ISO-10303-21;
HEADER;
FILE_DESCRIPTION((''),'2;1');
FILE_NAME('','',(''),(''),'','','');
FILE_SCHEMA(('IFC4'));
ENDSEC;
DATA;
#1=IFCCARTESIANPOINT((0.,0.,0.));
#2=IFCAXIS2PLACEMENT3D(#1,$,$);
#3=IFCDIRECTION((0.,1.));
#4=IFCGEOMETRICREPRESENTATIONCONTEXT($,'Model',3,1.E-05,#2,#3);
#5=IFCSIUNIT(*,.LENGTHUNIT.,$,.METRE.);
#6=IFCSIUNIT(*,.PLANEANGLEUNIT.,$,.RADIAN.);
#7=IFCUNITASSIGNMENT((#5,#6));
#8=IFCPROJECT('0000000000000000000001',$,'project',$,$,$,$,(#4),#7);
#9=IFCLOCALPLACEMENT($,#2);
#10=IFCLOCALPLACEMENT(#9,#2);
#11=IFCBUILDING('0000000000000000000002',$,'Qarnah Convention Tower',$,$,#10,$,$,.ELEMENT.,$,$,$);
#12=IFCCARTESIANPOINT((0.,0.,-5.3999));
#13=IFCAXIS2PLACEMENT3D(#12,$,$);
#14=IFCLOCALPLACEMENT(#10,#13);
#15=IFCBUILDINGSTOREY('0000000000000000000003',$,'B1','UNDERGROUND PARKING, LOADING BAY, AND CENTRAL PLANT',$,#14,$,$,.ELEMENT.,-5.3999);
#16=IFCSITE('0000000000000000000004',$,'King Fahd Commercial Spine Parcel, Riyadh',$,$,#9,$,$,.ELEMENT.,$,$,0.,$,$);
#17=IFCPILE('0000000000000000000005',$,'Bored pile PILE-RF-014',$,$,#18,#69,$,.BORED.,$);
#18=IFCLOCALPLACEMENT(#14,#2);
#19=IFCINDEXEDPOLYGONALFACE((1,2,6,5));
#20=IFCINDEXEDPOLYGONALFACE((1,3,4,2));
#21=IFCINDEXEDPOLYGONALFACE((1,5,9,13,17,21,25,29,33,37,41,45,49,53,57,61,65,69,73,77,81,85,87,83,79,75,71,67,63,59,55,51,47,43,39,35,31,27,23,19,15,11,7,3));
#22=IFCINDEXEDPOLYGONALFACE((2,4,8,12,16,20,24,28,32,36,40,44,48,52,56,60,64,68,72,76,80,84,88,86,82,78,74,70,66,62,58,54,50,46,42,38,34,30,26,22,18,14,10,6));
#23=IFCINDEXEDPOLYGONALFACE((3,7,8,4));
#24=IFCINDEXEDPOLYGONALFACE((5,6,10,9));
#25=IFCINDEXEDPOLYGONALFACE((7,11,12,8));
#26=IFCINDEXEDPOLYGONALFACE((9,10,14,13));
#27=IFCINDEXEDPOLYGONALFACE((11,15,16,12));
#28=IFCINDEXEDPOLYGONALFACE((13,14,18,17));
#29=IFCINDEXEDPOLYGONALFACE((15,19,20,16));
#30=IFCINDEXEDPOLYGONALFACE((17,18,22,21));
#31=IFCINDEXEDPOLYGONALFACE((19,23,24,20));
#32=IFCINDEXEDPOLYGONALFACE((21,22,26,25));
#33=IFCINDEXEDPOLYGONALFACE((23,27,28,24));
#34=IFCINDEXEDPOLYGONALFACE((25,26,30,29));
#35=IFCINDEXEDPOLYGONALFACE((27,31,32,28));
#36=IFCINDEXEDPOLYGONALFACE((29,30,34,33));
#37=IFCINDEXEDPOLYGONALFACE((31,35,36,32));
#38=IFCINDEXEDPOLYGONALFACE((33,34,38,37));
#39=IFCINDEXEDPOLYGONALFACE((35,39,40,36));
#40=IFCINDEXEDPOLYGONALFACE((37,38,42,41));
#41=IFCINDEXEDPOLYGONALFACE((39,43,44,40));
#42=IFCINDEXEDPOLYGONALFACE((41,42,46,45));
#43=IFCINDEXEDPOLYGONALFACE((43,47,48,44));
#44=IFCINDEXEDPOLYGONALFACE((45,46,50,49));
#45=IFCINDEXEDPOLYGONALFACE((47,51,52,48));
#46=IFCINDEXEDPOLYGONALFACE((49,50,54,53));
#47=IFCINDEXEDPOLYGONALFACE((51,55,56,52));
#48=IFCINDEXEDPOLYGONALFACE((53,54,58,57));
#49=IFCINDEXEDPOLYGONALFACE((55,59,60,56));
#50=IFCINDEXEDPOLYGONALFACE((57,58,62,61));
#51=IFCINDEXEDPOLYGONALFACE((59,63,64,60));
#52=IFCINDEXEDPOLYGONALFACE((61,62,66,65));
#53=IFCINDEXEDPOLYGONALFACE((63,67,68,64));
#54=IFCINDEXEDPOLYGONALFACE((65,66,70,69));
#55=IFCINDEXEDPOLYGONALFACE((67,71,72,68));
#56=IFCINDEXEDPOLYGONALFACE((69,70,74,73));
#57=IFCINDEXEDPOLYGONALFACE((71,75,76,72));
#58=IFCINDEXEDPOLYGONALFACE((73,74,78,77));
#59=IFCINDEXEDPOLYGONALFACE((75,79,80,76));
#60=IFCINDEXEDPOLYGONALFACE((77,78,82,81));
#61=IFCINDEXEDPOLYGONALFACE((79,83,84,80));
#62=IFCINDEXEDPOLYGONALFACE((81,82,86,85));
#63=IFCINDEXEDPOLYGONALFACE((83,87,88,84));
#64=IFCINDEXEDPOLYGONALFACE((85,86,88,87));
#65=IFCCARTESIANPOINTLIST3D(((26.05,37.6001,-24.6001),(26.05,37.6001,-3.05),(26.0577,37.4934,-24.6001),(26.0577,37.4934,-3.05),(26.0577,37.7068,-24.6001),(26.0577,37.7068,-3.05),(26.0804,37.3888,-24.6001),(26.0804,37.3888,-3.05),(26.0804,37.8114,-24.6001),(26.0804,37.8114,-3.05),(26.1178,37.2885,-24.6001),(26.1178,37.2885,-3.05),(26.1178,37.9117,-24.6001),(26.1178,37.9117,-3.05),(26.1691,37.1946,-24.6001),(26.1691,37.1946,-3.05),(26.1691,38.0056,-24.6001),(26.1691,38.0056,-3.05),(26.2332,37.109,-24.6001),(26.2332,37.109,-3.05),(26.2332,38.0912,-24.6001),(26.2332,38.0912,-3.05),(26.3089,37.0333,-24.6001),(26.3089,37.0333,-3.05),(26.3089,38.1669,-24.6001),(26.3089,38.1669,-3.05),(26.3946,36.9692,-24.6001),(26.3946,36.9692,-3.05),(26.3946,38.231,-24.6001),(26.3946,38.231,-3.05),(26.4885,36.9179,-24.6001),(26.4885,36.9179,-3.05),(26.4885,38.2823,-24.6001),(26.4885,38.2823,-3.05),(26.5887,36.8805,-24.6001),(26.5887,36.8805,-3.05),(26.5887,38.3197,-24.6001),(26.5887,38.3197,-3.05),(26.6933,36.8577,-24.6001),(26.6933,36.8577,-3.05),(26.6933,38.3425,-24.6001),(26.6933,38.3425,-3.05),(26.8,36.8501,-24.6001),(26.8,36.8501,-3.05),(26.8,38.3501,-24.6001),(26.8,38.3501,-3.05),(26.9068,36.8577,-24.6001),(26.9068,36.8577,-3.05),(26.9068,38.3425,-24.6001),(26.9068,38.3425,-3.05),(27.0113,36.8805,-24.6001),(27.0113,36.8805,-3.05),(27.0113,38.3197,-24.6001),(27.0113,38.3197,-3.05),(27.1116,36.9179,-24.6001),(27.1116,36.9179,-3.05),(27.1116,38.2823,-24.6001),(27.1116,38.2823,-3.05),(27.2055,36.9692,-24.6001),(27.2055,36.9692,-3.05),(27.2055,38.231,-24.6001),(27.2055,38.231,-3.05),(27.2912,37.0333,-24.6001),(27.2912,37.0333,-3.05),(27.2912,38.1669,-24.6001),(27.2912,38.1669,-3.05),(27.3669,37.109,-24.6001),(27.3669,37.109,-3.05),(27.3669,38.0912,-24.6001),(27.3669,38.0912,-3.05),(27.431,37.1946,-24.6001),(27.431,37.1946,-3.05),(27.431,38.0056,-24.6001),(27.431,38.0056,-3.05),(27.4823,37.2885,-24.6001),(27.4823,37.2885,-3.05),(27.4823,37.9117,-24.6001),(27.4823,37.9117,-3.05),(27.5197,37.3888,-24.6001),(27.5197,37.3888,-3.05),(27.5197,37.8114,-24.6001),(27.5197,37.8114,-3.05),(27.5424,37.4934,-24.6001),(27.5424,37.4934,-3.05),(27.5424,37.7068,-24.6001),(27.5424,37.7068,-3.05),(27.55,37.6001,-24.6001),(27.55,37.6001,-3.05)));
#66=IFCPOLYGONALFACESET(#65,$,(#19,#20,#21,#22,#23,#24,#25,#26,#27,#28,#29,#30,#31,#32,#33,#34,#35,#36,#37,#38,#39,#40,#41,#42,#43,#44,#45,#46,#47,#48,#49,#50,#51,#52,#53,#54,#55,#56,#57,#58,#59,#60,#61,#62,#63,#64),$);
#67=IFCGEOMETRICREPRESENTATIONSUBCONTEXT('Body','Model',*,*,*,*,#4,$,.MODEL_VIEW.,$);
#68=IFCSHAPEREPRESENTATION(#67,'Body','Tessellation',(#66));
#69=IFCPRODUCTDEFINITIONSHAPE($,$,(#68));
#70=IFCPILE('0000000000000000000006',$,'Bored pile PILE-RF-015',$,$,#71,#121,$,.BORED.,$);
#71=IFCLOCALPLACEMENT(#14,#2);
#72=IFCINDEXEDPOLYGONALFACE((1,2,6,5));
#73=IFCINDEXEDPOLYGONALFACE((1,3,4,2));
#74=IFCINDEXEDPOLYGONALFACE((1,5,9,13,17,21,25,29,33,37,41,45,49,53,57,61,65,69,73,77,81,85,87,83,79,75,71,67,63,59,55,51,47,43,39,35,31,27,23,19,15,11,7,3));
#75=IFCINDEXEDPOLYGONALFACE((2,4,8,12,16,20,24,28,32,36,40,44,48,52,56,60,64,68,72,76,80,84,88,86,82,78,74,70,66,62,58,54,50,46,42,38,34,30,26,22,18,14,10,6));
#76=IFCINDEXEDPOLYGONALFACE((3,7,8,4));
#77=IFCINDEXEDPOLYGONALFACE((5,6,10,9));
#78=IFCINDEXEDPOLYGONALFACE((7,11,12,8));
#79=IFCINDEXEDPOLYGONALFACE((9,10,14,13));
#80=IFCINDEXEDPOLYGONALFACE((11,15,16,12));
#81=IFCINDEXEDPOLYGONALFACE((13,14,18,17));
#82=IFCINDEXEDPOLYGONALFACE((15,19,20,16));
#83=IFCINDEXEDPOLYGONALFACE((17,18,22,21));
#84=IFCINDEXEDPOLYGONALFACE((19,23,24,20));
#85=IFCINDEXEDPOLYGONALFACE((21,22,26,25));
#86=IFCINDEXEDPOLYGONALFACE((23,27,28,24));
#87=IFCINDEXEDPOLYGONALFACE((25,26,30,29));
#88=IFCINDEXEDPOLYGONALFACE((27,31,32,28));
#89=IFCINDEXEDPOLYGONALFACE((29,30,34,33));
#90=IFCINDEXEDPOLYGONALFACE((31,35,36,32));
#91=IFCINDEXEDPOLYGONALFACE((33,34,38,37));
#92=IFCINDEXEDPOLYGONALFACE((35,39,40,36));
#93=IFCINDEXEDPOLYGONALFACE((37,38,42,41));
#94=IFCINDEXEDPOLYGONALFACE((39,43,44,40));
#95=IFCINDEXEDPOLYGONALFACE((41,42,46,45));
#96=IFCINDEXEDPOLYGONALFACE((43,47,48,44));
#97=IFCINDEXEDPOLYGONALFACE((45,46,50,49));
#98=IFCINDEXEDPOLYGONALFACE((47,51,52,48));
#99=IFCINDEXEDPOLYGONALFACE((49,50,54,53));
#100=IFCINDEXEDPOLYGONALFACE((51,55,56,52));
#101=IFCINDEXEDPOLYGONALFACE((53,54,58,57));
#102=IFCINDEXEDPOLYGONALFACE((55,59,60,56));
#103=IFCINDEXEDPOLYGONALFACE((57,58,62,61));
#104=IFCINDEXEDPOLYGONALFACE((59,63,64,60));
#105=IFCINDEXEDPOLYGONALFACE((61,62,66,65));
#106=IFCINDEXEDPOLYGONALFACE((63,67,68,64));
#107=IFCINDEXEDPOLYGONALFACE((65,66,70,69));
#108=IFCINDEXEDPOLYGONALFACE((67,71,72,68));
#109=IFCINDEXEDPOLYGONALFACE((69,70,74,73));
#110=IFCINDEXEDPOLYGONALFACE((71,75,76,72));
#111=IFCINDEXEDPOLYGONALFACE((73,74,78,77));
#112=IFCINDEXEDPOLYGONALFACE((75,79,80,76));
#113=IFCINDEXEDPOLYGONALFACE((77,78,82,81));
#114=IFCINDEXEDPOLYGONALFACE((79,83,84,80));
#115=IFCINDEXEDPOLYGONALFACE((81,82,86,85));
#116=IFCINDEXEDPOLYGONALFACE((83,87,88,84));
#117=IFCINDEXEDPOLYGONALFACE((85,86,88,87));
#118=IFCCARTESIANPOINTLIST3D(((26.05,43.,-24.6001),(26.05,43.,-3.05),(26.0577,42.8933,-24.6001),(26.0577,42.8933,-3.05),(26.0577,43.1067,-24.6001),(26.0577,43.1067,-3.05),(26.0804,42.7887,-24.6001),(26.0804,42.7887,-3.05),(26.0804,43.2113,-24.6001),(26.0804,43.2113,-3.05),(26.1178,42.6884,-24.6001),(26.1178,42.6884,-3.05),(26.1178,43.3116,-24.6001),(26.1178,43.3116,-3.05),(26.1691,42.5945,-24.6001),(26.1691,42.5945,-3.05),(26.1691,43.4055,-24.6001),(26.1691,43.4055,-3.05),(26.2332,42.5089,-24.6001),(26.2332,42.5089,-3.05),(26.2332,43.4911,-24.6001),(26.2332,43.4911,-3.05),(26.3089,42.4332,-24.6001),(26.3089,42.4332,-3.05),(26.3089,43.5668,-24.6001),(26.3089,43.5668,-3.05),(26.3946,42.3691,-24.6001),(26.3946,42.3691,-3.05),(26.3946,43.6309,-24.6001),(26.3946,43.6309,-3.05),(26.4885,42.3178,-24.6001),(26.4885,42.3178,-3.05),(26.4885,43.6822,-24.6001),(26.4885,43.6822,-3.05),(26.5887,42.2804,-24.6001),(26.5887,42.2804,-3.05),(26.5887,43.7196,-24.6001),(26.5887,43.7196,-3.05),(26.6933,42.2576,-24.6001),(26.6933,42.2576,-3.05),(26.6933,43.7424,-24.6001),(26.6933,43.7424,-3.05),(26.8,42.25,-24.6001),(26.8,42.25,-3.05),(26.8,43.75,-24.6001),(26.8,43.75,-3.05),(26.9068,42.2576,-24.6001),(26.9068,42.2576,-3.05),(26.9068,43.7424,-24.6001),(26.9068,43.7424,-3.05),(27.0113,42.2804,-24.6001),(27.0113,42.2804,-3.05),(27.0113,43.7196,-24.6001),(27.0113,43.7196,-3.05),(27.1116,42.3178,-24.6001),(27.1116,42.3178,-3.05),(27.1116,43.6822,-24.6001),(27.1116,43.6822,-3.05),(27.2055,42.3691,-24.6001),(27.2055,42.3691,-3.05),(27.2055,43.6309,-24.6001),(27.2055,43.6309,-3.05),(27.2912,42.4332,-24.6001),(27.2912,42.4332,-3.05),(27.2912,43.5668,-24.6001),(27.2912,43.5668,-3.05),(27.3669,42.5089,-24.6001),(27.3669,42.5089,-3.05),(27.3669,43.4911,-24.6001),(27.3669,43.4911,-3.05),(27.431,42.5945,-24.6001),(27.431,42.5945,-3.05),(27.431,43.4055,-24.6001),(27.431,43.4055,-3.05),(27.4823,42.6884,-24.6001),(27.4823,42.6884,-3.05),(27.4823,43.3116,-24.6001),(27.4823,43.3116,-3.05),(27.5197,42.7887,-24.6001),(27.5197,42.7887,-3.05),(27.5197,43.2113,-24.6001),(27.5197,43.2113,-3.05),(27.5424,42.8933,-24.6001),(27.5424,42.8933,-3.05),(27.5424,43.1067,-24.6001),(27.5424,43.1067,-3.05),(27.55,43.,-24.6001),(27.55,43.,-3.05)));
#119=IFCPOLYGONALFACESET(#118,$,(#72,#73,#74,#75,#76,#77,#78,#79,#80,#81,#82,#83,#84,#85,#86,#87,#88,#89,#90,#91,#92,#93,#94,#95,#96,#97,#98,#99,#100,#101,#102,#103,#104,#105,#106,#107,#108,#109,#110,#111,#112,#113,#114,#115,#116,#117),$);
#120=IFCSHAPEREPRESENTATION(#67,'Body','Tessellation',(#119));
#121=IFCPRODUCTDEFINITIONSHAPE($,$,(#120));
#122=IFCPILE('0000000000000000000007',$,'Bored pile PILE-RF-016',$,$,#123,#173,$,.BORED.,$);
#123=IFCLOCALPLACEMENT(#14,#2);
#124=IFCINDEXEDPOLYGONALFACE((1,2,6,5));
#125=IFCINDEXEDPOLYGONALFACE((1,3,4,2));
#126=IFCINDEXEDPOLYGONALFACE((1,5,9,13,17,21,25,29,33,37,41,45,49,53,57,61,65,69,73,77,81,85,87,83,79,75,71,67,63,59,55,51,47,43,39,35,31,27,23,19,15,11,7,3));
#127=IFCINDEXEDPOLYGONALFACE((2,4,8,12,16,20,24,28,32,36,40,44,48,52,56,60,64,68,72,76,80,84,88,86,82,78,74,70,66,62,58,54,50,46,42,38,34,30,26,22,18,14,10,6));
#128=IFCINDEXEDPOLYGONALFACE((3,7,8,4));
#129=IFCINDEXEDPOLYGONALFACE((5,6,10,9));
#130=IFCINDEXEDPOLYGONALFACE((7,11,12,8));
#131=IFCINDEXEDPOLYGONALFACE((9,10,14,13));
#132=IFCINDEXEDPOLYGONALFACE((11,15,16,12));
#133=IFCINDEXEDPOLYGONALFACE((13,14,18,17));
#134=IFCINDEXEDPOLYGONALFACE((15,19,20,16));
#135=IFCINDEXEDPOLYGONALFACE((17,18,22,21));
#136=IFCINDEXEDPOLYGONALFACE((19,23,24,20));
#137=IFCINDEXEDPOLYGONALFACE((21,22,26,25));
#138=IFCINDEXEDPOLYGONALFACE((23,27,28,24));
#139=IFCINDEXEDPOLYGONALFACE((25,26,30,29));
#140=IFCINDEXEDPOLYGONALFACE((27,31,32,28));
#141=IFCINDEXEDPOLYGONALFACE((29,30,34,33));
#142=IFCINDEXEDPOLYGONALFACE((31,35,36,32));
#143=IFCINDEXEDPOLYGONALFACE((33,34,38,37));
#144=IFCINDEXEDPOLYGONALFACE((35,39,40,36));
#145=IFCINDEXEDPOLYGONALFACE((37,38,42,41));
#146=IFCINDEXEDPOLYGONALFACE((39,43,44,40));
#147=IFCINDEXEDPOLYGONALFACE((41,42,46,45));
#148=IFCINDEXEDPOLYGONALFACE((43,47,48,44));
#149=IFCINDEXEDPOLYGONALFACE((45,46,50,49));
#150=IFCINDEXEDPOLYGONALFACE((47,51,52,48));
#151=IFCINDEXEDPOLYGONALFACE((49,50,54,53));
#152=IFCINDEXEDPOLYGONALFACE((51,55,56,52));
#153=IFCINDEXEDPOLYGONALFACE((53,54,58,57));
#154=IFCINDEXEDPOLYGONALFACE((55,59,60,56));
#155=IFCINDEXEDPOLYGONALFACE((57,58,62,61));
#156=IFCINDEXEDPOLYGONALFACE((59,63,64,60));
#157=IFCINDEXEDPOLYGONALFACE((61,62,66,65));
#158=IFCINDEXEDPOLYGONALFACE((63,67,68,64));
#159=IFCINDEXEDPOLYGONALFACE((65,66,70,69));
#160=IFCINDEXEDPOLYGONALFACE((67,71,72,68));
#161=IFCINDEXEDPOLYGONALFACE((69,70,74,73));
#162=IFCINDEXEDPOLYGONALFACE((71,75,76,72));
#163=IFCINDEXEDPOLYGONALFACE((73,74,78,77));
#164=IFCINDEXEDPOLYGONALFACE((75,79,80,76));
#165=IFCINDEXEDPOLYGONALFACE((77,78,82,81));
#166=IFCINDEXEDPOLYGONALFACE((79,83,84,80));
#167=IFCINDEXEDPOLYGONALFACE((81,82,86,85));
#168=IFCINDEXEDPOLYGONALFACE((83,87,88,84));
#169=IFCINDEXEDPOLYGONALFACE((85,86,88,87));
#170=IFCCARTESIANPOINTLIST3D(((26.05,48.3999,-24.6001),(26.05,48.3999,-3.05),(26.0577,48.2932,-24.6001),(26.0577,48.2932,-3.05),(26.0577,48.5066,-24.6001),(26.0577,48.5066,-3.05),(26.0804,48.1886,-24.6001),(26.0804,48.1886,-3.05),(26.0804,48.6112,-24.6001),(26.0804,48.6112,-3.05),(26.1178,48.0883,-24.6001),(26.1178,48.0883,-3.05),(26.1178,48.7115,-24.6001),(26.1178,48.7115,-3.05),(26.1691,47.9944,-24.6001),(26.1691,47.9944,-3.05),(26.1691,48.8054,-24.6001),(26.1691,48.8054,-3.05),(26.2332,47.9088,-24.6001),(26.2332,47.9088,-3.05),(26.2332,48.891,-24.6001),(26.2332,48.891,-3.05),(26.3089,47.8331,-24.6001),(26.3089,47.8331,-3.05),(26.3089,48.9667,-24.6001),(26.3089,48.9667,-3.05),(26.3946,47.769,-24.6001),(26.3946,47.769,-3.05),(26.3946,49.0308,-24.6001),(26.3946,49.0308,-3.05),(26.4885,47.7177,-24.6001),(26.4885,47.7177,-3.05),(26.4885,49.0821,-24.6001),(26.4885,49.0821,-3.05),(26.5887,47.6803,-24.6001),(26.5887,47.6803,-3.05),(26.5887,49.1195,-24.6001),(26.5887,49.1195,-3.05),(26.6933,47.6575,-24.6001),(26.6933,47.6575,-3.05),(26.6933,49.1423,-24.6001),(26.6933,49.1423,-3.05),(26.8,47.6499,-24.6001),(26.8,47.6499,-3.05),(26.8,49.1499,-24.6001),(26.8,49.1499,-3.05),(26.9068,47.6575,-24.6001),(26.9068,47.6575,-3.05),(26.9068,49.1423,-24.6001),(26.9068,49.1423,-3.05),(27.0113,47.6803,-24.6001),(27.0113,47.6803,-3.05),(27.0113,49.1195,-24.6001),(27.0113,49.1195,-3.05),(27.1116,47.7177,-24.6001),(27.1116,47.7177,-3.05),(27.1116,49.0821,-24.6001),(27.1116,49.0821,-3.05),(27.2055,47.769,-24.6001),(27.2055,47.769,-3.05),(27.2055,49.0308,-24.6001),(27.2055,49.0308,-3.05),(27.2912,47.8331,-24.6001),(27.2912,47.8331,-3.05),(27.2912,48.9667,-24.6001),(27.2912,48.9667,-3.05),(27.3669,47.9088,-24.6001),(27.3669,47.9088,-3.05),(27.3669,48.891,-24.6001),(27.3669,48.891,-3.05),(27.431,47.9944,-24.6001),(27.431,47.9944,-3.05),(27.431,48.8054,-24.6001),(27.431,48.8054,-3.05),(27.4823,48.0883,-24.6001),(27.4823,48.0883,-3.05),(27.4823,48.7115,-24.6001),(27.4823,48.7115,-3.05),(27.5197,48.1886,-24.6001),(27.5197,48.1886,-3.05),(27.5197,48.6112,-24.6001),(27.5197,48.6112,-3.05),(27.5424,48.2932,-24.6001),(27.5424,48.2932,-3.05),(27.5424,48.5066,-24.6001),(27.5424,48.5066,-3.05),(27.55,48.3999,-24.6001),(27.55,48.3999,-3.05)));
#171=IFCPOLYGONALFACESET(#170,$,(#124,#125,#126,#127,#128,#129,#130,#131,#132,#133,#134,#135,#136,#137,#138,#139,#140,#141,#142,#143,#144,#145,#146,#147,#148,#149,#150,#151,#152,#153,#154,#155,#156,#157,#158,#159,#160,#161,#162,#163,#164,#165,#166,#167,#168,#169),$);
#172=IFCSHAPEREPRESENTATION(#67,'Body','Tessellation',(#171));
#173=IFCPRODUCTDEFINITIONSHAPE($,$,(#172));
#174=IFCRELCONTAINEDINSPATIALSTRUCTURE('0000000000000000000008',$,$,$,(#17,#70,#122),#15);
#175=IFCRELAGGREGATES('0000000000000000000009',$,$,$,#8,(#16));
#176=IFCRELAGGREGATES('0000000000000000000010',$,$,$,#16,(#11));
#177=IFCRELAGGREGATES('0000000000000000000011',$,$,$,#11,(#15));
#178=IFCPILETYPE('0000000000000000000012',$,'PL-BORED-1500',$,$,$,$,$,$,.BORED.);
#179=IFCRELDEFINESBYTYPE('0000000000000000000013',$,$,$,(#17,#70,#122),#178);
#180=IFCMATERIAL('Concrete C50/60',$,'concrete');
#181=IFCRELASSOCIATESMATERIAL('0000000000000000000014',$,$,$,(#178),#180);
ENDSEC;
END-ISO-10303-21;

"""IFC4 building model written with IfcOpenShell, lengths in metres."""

from ifc_helpers import new_model, si_unit, direction, frame, origin, origin_2d, place, context, subcontext, project, spatial, circle, extrude, material, material_profile, profile_set, type_object, element, save


model = new_model("IFC4")

# Units and contexts
model_context = context("Model", 3, precision=1e-05, world=origin(), true_north=direction((0.0, 1.0)))
body_context = subcontext(model_context, "Body", "Model", "MODEL_VIEW")
ifc_project = project(units=[si_unit("LENGTHUNIT", "METRE"), si_unit("PLANEANGLEUNIT", "RADIAN")], contexts=[model_context])

# Site, building, storey
site_placement = place(None, origin())
site = spatial("IfcSite", under=ifc_project, at=site_placement, Name="King Fahd Commercial Spine Parcel, Riyadh", CompositionType="ELEMENT", RefElevation=0.0)
building_placement = place(site_placement, origin())
building = spatial("IfcBuilding", under=site, at=building_placement, Name="Qarnah Convention Tower", CompositionType="ELEMENT")
storey_placement = place(building_placement, frame((0.0, 0.0, -5.3999)))
storey = spatial("IfcBuildingStorey", under=building, at=storey_placement, Name="B1", Description="UNDERGROUND PARKING, LOADING BAY, AND CENTRAL PLANT", CompositionType="ELEMENT", Elevation=-5.3999)

# Piles
ifc_material_1 = material(Name="Concrete C50/60", Category="concrete")
ifc_material_profile_1 = material_profile(ifc_material_1, circle(Radius=0.75, at=origin_2d()), Name="PILE-D1500")
ifc_profile_set_1 = profile_set([ifc_material_profile_1], Name="Concrete C50/60")
pile_type = type_object("IfcPileType", Name="PL-BORED-1500", PredefinedType="BORED", material=ifc_profile_set_1)
for number, where, z_axis, x_axis, name in (
    (1, (26.8, 37.6001, -3.05), (0.0, 0.0, -1.0), (1.0, 0.0, 0.0), "Bored pile PILE-RF-014"),
    (2, (26.8, 43.0, -3.05), (0.0, 0.0, -1.0), (1.0, 0.0, 0.0), "Bored pile PILE-RF-015"),
    (3, (26.8, 48.3999, -3.05), (0.0, 0.0, -1.0), (1.0, 0.0, 0.0), "Bored pile PILE-RF-016"),
):
    element("IfcPile", number, at=place(storey_placement, frame(where, z_axis=z_axis, x_axis=x_axis)), inside=storey, type_object=pile_type, Name=name, PredefinedType="BORED", context=body_context, shape_type="SweptSolid", body=[
        extrude(circle(Radius=0.75, at=origin_2d()), origin(), (0.0, 0.0, 1.0), 21.55),
    ])

save(model, "model.ifc")
